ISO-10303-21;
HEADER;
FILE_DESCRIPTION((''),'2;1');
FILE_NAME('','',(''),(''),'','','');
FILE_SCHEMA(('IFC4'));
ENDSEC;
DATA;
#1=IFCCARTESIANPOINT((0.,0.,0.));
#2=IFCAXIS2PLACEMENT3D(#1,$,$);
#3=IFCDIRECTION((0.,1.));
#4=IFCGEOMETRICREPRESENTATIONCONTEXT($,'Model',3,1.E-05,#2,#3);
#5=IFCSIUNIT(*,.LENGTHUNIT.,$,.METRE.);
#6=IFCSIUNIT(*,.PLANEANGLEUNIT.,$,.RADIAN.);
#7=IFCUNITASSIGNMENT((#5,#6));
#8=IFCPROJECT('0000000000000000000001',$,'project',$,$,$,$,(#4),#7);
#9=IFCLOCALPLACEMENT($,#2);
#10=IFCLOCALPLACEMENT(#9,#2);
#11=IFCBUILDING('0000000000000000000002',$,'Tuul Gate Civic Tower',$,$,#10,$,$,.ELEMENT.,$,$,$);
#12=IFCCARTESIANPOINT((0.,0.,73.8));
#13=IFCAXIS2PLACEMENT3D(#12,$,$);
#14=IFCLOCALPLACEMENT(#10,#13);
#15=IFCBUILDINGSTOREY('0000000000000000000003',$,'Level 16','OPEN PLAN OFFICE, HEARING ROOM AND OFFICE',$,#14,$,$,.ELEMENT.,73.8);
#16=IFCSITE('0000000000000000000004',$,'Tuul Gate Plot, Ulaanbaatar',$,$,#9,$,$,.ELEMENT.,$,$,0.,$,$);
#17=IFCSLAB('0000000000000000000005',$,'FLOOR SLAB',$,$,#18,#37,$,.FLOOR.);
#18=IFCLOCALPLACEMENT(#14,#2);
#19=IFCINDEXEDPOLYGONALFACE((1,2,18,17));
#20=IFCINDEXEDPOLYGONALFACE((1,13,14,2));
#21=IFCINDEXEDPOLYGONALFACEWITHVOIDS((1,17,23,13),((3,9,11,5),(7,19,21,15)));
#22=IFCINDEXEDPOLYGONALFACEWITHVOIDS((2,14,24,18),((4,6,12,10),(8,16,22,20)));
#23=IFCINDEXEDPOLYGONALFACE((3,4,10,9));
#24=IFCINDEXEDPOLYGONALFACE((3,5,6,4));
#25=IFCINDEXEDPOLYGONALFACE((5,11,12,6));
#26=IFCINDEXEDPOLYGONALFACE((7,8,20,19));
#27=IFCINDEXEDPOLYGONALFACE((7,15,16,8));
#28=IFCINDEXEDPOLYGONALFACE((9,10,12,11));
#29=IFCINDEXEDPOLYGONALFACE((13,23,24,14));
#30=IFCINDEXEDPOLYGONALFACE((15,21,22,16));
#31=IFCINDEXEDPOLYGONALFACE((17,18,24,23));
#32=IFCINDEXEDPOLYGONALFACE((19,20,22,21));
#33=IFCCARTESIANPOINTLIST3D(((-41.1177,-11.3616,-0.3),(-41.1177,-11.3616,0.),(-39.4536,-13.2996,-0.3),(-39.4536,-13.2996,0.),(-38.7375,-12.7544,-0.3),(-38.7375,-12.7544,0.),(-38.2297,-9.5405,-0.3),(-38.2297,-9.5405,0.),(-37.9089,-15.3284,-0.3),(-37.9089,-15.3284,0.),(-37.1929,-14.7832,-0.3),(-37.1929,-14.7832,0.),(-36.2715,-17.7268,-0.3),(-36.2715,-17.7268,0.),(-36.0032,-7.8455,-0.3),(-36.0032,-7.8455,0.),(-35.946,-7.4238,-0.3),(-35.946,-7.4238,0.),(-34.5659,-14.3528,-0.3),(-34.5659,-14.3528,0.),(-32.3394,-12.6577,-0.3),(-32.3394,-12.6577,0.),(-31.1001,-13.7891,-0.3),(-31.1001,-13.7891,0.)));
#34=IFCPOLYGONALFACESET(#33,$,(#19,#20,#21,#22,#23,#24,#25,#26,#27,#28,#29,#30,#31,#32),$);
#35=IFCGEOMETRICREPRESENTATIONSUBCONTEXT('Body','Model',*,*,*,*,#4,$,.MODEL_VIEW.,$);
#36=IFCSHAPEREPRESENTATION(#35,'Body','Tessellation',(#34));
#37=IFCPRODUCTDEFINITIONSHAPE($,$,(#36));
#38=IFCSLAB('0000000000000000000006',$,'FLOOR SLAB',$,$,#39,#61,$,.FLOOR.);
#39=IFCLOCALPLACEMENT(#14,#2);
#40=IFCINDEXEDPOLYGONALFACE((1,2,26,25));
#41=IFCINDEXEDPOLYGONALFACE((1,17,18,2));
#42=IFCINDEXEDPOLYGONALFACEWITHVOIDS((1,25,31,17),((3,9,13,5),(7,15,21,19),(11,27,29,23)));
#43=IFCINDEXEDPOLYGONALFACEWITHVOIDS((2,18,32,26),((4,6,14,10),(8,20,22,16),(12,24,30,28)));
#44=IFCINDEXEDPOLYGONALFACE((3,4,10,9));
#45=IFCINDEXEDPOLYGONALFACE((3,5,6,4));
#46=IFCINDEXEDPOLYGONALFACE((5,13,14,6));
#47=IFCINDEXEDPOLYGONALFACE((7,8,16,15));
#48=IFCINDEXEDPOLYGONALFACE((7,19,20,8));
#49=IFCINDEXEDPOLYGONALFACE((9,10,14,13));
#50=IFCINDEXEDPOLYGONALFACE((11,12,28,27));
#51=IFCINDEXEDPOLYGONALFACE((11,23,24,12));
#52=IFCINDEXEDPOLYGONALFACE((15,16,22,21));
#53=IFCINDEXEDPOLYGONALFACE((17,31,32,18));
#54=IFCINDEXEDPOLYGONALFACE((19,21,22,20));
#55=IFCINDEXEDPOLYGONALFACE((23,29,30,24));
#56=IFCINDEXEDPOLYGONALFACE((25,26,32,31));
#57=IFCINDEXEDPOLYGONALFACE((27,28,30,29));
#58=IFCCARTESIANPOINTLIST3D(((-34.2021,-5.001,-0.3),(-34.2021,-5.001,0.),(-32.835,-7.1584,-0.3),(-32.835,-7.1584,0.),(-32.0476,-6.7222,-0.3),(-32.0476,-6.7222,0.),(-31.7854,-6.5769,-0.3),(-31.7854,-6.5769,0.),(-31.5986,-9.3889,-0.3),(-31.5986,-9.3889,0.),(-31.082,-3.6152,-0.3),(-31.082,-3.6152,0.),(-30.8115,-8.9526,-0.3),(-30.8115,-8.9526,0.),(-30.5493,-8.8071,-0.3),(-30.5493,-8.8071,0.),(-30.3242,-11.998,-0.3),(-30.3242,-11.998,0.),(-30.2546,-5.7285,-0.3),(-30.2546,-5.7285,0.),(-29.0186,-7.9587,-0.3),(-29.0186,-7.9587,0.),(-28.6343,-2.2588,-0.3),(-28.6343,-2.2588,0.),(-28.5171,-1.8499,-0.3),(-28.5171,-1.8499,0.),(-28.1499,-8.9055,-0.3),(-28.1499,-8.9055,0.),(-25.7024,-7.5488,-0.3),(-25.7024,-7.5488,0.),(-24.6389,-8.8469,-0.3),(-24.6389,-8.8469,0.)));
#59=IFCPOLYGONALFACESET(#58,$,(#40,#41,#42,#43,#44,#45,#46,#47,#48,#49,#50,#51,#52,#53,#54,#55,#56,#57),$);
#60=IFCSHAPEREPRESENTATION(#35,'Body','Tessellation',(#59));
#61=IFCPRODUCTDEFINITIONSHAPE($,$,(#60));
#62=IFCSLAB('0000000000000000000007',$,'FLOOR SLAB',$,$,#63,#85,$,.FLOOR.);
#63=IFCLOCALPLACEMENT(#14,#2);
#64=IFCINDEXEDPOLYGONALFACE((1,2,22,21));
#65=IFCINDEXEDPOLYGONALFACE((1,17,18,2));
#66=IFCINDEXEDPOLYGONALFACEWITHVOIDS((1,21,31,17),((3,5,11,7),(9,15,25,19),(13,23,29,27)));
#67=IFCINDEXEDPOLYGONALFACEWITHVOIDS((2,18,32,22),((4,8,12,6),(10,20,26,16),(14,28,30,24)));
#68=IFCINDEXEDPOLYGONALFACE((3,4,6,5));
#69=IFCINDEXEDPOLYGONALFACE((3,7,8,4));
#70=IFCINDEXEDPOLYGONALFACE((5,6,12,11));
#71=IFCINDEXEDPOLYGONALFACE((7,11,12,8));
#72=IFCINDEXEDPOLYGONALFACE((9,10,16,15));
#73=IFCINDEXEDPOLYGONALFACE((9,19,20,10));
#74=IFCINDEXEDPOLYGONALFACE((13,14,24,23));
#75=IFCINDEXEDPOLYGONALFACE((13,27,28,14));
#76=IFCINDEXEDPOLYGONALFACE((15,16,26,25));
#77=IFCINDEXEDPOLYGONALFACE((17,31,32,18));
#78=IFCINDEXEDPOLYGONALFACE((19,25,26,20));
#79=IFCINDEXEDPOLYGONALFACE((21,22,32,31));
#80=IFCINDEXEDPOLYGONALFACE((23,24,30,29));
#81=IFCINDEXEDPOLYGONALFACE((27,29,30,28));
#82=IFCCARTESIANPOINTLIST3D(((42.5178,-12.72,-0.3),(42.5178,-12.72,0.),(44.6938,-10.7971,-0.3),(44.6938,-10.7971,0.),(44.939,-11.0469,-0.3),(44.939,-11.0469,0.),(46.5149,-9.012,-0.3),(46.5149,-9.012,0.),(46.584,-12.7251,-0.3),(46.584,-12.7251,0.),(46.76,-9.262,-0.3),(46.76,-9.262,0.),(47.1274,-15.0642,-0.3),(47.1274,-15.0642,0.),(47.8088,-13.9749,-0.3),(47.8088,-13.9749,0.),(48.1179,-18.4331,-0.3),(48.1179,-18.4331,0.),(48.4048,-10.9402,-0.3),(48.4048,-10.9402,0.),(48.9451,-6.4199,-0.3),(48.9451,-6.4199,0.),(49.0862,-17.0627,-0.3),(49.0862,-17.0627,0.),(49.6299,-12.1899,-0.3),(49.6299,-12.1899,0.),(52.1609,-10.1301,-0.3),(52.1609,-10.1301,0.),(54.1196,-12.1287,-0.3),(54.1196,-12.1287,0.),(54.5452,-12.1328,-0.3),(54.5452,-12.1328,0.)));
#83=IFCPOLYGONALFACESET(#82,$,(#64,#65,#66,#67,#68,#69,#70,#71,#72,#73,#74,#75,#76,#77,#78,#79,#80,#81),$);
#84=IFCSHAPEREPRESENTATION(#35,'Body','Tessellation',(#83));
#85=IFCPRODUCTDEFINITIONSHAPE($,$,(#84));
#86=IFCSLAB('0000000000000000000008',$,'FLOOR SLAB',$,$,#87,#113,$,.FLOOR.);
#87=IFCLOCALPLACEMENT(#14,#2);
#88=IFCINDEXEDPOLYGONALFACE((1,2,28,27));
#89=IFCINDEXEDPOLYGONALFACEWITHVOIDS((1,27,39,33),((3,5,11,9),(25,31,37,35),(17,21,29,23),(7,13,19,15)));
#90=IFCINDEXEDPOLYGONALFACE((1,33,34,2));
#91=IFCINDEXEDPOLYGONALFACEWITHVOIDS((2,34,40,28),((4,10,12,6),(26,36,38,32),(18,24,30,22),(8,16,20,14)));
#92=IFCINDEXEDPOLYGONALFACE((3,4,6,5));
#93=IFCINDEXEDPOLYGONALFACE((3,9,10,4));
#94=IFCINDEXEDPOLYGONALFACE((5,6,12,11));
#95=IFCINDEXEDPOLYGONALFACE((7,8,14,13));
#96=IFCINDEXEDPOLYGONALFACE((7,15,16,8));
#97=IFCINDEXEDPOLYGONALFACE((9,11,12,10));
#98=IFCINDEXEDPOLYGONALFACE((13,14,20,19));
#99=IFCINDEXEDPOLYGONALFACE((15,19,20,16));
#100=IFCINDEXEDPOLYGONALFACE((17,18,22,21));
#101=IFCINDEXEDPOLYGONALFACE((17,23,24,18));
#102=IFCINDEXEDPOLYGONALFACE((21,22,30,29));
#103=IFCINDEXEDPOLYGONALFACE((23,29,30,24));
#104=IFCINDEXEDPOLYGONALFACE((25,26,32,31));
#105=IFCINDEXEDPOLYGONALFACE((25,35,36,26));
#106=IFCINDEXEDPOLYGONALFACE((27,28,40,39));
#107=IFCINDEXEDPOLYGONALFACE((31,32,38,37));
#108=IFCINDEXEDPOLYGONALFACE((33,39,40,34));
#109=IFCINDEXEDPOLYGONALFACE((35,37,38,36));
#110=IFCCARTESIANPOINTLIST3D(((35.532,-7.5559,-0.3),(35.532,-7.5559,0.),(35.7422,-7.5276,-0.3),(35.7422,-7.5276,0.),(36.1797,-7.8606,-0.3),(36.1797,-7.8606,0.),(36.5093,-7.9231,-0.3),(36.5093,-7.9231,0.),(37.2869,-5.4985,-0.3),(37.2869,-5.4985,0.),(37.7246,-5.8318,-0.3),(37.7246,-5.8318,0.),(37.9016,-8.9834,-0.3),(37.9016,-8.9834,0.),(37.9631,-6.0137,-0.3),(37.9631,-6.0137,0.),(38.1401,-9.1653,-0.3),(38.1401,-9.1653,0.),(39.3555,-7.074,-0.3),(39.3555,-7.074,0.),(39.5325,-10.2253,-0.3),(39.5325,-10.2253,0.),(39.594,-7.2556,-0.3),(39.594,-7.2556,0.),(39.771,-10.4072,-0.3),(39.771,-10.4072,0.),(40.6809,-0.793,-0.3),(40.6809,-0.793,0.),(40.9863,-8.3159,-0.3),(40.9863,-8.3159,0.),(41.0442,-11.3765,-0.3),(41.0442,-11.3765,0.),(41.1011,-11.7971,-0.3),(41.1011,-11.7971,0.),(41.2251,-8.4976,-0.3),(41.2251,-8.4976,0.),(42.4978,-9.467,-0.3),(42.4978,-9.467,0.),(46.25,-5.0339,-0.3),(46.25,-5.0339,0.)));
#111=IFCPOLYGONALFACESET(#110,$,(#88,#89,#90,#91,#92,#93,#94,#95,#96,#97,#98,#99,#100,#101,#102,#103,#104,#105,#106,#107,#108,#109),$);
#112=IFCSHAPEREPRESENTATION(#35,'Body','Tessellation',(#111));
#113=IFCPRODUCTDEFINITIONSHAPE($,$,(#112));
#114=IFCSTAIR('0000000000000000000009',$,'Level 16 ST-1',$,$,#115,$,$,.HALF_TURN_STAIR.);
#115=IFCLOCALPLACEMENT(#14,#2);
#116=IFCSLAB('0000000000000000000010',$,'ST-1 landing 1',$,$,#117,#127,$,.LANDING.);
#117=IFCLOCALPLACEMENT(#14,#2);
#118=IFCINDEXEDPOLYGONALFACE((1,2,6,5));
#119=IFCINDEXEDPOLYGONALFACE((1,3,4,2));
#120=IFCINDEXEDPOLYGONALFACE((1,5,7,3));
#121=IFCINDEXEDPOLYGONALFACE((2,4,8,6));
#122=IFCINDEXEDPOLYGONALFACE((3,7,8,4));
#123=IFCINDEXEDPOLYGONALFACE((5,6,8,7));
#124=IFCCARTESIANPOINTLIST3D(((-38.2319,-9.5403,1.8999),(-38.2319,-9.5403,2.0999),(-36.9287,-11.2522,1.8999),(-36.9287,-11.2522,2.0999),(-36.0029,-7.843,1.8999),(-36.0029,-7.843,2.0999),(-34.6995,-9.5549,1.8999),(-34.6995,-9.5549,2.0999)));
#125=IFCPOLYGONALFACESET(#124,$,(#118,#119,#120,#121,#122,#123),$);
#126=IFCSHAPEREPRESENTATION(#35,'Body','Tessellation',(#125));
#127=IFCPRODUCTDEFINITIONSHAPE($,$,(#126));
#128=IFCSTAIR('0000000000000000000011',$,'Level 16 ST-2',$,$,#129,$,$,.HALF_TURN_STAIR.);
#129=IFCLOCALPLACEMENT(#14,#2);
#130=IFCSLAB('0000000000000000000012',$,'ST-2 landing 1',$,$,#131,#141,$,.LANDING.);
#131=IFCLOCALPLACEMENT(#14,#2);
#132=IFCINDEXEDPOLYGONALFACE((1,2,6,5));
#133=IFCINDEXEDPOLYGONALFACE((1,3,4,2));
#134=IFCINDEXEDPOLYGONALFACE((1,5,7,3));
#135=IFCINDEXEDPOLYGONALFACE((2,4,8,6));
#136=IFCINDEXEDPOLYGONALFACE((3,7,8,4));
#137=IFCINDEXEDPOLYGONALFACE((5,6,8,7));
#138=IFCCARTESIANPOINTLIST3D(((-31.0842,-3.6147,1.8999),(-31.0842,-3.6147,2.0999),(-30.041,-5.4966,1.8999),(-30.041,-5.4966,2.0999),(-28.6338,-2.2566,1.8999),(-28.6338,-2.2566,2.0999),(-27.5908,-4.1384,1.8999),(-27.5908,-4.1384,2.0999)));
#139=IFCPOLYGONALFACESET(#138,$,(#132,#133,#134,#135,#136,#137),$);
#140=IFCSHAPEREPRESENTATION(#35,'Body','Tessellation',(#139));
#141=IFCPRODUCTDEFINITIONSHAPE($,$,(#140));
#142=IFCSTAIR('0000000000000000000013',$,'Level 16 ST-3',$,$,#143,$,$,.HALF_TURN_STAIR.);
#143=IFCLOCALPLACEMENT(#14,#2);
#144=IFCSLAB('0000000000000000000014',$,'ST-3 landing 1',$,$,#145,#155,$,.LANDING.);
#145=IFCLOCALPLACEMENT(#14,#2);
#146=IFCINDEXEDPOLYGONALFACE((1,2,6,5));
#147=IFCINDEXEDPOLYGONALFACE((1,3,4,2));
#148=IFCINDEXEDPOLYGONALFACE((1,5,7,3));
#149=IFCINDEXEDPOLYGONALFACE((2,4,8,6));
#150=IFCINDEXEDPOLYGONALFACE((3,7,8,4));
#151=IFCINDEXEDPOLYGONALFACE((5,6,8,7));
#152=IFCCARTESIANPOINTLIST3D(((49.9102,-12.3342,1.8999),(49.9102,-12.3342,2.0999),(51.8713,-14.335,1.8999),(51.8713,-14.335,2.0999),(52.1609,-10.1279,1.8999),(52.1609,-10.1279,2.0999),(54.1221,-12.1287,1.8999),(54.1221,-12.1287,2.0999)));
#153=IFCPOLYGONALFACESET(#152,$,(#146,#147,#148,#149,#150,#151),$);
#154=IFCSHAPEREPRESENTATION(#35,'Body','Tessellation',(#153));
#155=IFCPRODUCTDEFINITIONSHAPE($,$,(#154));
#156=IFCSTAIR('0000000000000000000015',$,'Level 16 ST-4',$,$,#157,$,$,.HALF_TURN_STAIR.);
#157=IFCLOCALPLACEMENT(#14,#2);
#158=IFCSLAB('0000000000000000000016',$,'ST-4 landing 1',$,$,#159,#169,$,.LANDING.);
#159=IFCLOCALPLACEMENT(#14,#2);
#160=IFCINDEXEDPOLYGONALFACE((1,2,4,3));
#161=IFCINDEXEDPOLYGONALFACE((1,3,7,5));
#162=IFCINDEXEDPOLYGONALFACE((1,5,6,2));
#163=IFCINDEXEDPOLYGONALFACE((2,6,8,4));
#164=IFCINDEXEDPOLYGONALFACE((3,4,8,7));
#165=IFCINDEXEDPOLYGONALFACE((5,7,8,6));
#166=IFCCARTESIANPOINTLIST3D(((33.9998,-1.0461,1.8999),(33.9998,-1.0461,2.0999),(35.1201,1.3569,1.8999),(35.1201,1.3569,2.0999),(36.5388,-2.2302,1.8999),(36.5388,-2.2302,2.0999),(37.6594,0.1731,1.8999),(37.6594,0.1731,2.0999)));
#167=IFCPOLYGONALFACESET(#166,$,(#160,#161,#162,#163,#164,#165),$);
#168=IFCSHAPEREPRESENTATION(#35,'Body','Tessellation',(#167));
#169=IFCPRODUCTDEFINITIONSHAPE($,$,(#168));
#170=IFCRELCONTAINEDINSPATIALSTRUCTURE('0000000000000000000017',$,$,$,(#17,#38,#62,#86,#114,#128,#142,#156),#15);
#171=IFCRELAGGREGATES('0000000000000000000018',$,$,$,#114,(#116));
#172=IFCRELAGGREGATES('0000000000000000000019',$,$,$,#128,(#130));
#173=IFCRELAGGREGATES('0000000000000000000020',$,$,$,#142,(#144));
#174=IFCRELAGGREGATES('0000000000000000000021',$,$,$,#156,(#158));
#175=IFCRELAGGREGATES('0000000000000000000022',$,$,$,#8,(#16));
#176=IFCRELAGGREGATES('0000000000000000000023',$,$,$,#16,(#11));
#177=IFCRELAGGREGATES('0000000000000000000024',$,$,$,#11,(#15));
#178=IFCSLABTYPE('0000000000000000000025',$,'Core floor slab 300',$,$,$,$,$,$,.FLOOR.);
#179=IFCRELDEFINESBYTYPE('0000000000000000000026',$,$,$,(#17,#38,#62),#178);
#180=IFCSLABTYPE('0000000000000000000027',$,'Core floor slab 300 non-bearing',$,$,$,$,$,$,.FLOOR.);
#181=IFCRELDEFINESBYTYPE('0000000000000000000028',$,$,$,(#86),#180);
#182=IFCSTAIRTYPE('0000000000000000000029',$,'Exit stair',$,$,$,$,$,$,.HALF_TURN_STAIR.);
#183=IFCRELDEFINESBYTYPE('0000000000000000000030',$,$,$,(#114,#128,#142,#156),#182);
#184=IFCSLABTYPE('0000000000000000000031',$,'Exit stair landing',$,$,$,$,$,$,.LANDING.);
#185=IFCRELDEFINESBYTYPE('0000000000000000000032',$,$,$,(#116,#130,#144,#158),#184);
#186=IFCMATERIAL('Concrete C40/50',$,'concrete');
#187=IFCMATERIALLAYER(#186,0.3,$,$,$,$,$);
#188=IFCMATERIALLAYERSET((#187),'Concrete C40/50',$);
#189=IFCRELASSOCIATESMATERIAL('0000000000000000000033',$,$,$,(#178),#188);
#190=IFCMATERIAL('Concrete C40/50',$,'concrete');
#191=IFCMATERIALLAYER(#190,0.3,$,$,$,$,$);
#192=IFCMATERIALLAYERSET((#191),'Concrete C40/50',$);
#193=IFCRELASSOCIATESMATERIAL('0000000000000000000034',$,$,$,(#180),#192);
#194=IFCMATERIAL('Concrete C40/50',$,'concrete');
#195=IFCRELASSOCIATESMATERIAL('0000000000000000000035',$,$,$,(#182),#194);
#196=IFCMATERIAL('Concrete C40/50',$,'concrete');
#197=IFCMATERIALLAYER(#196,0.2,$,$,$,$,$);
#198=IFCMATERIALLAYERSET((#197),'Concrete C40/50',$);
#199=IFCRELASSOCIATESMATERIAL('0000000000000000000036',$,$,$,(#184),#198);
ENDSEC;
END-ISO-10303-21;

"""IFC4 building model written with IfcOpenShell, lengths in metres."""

from ifc_helpers import new_model, si_unit, direction, frame, origin, place, context, subcontext, project, spatial, polyline, outline, extrude, material, layer, layer_set, type_object, element, aggregate, save


model = new_model("IFC4")

# Units and contexts
model_context = context("Model", 3, precision=1e-05, world=origin(), true_north=direction((0.0, 1.0)))
body_context = subcontext(model_context, "Body", "Model", "MODEL_VIEW")
ifc_project = project(units=[si_unit("LENGTHUNIT", "METRE"), si_unit("PLANEANGLEUNIT", "RADIAN")], contexts=[model_context])

# Site, building, storey
site_placement = place(None, origin())
site = spatial("IfcSite", under=ifc_project, at=site_placement, Name="Tuul Gate Plot, Ulaanbaatar", CompositionType="ELEMENT", RefElevation=0.0)
building_placement = place(site_placement, origin())
building = spatial("IfcBuilding", under=site, at=building_placement, Name="Tuul Gate Civic Tower", CompositionType="ELEMENT")
storey_placement = place(building_placement, frame((0.0, 0.0, 73.8)))
storey = spatial("IfcBuildingStorey", under=building, at=storey_placement, Name="Level 16", Description="OPEN PLAN OFFICE, HEARING ROOM AND OFFICE", CompositionType="ELEMENT", Elevation=73.8)

# Slabs
ifc_material_1 = material(Name="Concrete C40/50", Category="concrete")
ifc_layer_1 = layer(ifc_material_1, 0.3)
ifc_layer_set_1 = layer_set([ifc_layer_1], Name="Concrete C40/50")
slab_type_1 = type_object("IfcSlabType", Name="Core floor slab 300", PredefinedType="FLOOR", material=ifc_layer_set_1)
slab_1_placement = place(storey_placement, frame((0.0, 0.0, -0.3)))
element("IfcSlab", 1, at=slab_1_placement, inside=storey, type_object=slab_type_1, Name="FLOOR SLAB", PredefinedType="FLOOR", context=body_context, shape_type="SweptSolid", body=[
    extrude(outline(polyline([(-31.1001, -13.7891), (-35.946, -7.4238), (-41.1177, -11.3616), (-36.2715, -17.7268), (-31.1001, -13.7891)]), holes=[polyline([(-37.1929, -14.7832), (-38.7375, -12.7544), (-39.4536, -13.2996), (-37.9089, -15.3284), (-37.1929, -14.7832)]), polyline([(-32.3394, -12.6577), (-34.5659, -14.3528), (-38.2297, -9.5405), (-36.0032, -7.8455), (-32.3394, -12.6577)])]), origin(), (0.0, 0.0, 1.0), 0.3),
])
slab_2_placement = place(storey_placement, frame((0.0, 0.0, -0.3)))
element("IfcSlab", 2, at=slab_2_placement, inside=storey, type_object=slab_type_1, Name="FLOOR SLAB", PredefinedType="FLOOR", context=body_context, shape_type="SweptSolid", body=[
    extrude(outline(polyline([(-24.6389, -8.8469), (-28.5171, -1.8499), (-34.2021, -5.001), (-30.3242, -11.998), (-24.6389, -8.8469)]), holes=[polyline([(-29.0186, -7.9587), (-30.2546, -5.7285), (-31.7854, -6.5769), (-30.5493, -8.8071), (-29.0186, -7.9587)]), polyline([(-30.8115, -8.9526), (-32.0476, -6.7222), (-32.835, -7.1584), (-31.5986, -9.3889), (-30.8115, -8.9526)]), polyline([(-25.7024, -7.5488), (-28.1499, -8.9055), (-31.082, -3.6152), (-28.6343, -2.2588), (-25.7024, -7.5488)])]), origin(), (0.0, 0.0, 1.0), 0.3),
])
slab_3_placement = place(storey_placement, frame((0.0, 0.0, -0.3)))
element("IfcSlab", 3, at=slab_3_placement, inside=storey, type_object=slab_type_1, Name="FLOOR SLAB", PredefinedType="FLOOR", context=body_context, shape_type="SweptSolid", body=[
    extrude(outline(polyline([(48.1179, -18.4331), (54.5452, -12.1328), (48.9451, -6.4199), (42.5178, -12.72), (48.1179, -18.4331)]), holes=[polyline([(47.8088, -13.9749), (49.6299, -12.1899), (48.4048, -10.9402), (46.584, -12.7251), (47.8088, -13.9749)]), polyline([(44.939, -11.0469), (46.76, -9.262), (46.5149, -9.012), (44.6938, -10.7971), (44.939, -11.0469)]), polyline([(49.0862, -17.0627), (47.1274, -15.0642), (52.1609, -10.1301), (54.1196, -12.1287), (49.0862, -17.0627)])]), origin(), (0.0, 0.0, 1.0), 0.3),
])
ifc_material_2 = material(Name="Concrete C40/50", Category="concrete")
ifc_layer_2 = layer(ifc_material_2, 0.3)
ifc_layer_set_2 = layer_set([ifc_layer_2], Name="Concrete C40/50")
slab_type_2 = type_object("IfcSlabType", Name="Core floor slab 300 non-bearing", PredefinedType="FLOOR", material=ifc_layer_set_2)
slab_4_placement = place(storey_placement, frame((0.0, 0.0, -0.3)))
element("IfcSlab", 4, at=slab_4_placement, inside=storey, type_object=slab_type_2, Name="FLOOR SLAB", PredefinedType="FLOOR", context=body_context, shape_type="SweptSolid", body=[
    extrude(outline(polyline([(41.1011, -11.7971), (46.25, -5.0339), (40.6809, -0.793), (35.532, -7.5559), (41.1011, -11.7971)]), holes=[polyline([(41.0442, -11.3765), (42.4978, -9.467), (41.2251, -8.4976), (39.771, -10.4072), (41.0442, -11.3765)]), polyline([(39.5325, -10.2253), (40.9863, -8.3159), (39.594, -7.2556), (38.1401, -9.1653), (39.5325, -10.2253)]), polyline([(37.9016, -8.9834), (39.3555, -7.074), (37.9631, -6.0137), (36.5093, -7.9231), (37.9016, -8.9834)]), polyline([(36.1797, -7.8606), (37.7246, -5.8318), (37.2869, -5.4985), (35.7422, -7.5276), (36.1797, -7.8606)])]), origin(), (0.0, 0.0, 1.0), 0.3),
])

# Stairs, slabs
ifc_material_3 = material(Name="Concrete C40/50", Category="concrete")
stair_type = type_object("IfcStairType", Name="Exit stair", PredefinedType="HALF_TURN_STAIR", material=ifc_material_3)
stair_1_placement = place(storey_placement, origin())
stair_1 = element("IfcStair", 5, at=stair_1_placement, inside=storey, type_object=stair_type, Name="Level 16 ST-1", PredefinedType="HALF_TURN_STAIR")
ifc_material_4 = material(Name="Concrete C40/50", Category="concrete")
ifc_layer_3 = layer(ifc_material_4, 0.2)
ifc_layer_set_3 = layer_set([ifc_layer_3], Name="Concrete C40/50")
slab_type_3 = type_object("IfcSlabType", Name="Exit stair landing", PredefinedType="LANDING", material=ifc_layer_set_3)
slab_5_placement = place(storey_placement, frame((0.0, 0.0, 1.8999)))
slab_5 = element("IfcSlab", 6, at=slab_5_placement, type_object=slab_type_3, Name="ST-1 landing 1", PredefinedType="LANDING", context=body_context, shape_type="SweptSolid", body=[
    extrude(outline(polyline([(-34.6995, -9.5549), (-36.9287, -11.2522), (-38.2319, -9.5403), (-36.0029, -7.843), (-34.6995, -9.5549)])), origin(), (0.0, 0.0, 1.0), 0.2),
])
aggregate(stair_1, [slab_5])
stair_2_placement = place(storey_placement, origin())
stair_2 = element("IfcStair", 7, at=stair_2_placement, inside=storey, type_object=stair_type, Name="Level 16 ST-2", PredefinedType="HALF_TURN_STAIR")
slab_6_placement = place(storey_placement, frame((0.0, 0.0, 1.8999)))
slab_6 = element("IfcSlab", 8, at=slab_6_placement, type_object=slab_type_3, Name="ST-2 landing 1", PredefinedType="LANDING", context=body_context, shape_type="SweptSolid", body=[
    extrude(outline(polyline([(-27.5908, -4.1384), (-30.041, -5.4966), (-31.0842, -3.6147), (-28.6338, -2.2566), (-27.5908, -4.1384)])), origin(), (0.0, 0.0, 1.0), 0.2),
])
aggregate(stair_2, [slab_6])
stair_3_placement = place(storey_placement, origin())
stair_3 = element("IfcStair", 9, at=stair_3_placement, inside=storey, type_object=stair_type, Name="Level 16 ST-3", PredefinedType="HALF_TURN_STAIR")
slab_7_placement = place(storey_placement, frame((0.0, 0.0, 1.8999)))
slab_7 = element("IfcSlab", 10, at=slab_7_placement, type_object=slab_type_3, Name="ST-3 landing 1", PredefinedType="LANDING", context=body_context, shape_type="SweptSolid", body=[
    extrude(outline(polyline([(51.8713, -14.335), (49.9102, -12.3342), (52.1609, -10.1279), (54.1221, -12.1287), (51.8713, -14.335)])), origin(), (0.0, 0.0, 1.0), 0.2),
])
aggregate(stair_3, [slab_7])
stair_4_placement = place(storey_placement, origin())
stair_4 = element("IfcStair", 11, at=stair_4_placement, inside=storey, type_object=stair_type, Name="Level 16 ST-4", PredefinedType="HALF_TURN_STAIR")
slab_8_placement = place(storey_placement, frame((0.0, 0.0, 1.8999)))
slab_8 = element("IfcSlab", 12, at=slab_8_placement, type_object=slab_type_3, Name="ST-4 landing 1", PredefinedType="LANDING", context=body_context, shape_type="SweptSolid", body=[
    extrude(outline(polyline([(36.5388, -2.2302), (33.9998, -1.0461), (35.1201, 1.3569), (37.6594, 0.1731), (36.5388, -2.2302)])), origin(), (0.0, 0.0, 1.0), 0.2),
])
aggregate(stair_4, [slab_8])

save(model, "model.ifc")
